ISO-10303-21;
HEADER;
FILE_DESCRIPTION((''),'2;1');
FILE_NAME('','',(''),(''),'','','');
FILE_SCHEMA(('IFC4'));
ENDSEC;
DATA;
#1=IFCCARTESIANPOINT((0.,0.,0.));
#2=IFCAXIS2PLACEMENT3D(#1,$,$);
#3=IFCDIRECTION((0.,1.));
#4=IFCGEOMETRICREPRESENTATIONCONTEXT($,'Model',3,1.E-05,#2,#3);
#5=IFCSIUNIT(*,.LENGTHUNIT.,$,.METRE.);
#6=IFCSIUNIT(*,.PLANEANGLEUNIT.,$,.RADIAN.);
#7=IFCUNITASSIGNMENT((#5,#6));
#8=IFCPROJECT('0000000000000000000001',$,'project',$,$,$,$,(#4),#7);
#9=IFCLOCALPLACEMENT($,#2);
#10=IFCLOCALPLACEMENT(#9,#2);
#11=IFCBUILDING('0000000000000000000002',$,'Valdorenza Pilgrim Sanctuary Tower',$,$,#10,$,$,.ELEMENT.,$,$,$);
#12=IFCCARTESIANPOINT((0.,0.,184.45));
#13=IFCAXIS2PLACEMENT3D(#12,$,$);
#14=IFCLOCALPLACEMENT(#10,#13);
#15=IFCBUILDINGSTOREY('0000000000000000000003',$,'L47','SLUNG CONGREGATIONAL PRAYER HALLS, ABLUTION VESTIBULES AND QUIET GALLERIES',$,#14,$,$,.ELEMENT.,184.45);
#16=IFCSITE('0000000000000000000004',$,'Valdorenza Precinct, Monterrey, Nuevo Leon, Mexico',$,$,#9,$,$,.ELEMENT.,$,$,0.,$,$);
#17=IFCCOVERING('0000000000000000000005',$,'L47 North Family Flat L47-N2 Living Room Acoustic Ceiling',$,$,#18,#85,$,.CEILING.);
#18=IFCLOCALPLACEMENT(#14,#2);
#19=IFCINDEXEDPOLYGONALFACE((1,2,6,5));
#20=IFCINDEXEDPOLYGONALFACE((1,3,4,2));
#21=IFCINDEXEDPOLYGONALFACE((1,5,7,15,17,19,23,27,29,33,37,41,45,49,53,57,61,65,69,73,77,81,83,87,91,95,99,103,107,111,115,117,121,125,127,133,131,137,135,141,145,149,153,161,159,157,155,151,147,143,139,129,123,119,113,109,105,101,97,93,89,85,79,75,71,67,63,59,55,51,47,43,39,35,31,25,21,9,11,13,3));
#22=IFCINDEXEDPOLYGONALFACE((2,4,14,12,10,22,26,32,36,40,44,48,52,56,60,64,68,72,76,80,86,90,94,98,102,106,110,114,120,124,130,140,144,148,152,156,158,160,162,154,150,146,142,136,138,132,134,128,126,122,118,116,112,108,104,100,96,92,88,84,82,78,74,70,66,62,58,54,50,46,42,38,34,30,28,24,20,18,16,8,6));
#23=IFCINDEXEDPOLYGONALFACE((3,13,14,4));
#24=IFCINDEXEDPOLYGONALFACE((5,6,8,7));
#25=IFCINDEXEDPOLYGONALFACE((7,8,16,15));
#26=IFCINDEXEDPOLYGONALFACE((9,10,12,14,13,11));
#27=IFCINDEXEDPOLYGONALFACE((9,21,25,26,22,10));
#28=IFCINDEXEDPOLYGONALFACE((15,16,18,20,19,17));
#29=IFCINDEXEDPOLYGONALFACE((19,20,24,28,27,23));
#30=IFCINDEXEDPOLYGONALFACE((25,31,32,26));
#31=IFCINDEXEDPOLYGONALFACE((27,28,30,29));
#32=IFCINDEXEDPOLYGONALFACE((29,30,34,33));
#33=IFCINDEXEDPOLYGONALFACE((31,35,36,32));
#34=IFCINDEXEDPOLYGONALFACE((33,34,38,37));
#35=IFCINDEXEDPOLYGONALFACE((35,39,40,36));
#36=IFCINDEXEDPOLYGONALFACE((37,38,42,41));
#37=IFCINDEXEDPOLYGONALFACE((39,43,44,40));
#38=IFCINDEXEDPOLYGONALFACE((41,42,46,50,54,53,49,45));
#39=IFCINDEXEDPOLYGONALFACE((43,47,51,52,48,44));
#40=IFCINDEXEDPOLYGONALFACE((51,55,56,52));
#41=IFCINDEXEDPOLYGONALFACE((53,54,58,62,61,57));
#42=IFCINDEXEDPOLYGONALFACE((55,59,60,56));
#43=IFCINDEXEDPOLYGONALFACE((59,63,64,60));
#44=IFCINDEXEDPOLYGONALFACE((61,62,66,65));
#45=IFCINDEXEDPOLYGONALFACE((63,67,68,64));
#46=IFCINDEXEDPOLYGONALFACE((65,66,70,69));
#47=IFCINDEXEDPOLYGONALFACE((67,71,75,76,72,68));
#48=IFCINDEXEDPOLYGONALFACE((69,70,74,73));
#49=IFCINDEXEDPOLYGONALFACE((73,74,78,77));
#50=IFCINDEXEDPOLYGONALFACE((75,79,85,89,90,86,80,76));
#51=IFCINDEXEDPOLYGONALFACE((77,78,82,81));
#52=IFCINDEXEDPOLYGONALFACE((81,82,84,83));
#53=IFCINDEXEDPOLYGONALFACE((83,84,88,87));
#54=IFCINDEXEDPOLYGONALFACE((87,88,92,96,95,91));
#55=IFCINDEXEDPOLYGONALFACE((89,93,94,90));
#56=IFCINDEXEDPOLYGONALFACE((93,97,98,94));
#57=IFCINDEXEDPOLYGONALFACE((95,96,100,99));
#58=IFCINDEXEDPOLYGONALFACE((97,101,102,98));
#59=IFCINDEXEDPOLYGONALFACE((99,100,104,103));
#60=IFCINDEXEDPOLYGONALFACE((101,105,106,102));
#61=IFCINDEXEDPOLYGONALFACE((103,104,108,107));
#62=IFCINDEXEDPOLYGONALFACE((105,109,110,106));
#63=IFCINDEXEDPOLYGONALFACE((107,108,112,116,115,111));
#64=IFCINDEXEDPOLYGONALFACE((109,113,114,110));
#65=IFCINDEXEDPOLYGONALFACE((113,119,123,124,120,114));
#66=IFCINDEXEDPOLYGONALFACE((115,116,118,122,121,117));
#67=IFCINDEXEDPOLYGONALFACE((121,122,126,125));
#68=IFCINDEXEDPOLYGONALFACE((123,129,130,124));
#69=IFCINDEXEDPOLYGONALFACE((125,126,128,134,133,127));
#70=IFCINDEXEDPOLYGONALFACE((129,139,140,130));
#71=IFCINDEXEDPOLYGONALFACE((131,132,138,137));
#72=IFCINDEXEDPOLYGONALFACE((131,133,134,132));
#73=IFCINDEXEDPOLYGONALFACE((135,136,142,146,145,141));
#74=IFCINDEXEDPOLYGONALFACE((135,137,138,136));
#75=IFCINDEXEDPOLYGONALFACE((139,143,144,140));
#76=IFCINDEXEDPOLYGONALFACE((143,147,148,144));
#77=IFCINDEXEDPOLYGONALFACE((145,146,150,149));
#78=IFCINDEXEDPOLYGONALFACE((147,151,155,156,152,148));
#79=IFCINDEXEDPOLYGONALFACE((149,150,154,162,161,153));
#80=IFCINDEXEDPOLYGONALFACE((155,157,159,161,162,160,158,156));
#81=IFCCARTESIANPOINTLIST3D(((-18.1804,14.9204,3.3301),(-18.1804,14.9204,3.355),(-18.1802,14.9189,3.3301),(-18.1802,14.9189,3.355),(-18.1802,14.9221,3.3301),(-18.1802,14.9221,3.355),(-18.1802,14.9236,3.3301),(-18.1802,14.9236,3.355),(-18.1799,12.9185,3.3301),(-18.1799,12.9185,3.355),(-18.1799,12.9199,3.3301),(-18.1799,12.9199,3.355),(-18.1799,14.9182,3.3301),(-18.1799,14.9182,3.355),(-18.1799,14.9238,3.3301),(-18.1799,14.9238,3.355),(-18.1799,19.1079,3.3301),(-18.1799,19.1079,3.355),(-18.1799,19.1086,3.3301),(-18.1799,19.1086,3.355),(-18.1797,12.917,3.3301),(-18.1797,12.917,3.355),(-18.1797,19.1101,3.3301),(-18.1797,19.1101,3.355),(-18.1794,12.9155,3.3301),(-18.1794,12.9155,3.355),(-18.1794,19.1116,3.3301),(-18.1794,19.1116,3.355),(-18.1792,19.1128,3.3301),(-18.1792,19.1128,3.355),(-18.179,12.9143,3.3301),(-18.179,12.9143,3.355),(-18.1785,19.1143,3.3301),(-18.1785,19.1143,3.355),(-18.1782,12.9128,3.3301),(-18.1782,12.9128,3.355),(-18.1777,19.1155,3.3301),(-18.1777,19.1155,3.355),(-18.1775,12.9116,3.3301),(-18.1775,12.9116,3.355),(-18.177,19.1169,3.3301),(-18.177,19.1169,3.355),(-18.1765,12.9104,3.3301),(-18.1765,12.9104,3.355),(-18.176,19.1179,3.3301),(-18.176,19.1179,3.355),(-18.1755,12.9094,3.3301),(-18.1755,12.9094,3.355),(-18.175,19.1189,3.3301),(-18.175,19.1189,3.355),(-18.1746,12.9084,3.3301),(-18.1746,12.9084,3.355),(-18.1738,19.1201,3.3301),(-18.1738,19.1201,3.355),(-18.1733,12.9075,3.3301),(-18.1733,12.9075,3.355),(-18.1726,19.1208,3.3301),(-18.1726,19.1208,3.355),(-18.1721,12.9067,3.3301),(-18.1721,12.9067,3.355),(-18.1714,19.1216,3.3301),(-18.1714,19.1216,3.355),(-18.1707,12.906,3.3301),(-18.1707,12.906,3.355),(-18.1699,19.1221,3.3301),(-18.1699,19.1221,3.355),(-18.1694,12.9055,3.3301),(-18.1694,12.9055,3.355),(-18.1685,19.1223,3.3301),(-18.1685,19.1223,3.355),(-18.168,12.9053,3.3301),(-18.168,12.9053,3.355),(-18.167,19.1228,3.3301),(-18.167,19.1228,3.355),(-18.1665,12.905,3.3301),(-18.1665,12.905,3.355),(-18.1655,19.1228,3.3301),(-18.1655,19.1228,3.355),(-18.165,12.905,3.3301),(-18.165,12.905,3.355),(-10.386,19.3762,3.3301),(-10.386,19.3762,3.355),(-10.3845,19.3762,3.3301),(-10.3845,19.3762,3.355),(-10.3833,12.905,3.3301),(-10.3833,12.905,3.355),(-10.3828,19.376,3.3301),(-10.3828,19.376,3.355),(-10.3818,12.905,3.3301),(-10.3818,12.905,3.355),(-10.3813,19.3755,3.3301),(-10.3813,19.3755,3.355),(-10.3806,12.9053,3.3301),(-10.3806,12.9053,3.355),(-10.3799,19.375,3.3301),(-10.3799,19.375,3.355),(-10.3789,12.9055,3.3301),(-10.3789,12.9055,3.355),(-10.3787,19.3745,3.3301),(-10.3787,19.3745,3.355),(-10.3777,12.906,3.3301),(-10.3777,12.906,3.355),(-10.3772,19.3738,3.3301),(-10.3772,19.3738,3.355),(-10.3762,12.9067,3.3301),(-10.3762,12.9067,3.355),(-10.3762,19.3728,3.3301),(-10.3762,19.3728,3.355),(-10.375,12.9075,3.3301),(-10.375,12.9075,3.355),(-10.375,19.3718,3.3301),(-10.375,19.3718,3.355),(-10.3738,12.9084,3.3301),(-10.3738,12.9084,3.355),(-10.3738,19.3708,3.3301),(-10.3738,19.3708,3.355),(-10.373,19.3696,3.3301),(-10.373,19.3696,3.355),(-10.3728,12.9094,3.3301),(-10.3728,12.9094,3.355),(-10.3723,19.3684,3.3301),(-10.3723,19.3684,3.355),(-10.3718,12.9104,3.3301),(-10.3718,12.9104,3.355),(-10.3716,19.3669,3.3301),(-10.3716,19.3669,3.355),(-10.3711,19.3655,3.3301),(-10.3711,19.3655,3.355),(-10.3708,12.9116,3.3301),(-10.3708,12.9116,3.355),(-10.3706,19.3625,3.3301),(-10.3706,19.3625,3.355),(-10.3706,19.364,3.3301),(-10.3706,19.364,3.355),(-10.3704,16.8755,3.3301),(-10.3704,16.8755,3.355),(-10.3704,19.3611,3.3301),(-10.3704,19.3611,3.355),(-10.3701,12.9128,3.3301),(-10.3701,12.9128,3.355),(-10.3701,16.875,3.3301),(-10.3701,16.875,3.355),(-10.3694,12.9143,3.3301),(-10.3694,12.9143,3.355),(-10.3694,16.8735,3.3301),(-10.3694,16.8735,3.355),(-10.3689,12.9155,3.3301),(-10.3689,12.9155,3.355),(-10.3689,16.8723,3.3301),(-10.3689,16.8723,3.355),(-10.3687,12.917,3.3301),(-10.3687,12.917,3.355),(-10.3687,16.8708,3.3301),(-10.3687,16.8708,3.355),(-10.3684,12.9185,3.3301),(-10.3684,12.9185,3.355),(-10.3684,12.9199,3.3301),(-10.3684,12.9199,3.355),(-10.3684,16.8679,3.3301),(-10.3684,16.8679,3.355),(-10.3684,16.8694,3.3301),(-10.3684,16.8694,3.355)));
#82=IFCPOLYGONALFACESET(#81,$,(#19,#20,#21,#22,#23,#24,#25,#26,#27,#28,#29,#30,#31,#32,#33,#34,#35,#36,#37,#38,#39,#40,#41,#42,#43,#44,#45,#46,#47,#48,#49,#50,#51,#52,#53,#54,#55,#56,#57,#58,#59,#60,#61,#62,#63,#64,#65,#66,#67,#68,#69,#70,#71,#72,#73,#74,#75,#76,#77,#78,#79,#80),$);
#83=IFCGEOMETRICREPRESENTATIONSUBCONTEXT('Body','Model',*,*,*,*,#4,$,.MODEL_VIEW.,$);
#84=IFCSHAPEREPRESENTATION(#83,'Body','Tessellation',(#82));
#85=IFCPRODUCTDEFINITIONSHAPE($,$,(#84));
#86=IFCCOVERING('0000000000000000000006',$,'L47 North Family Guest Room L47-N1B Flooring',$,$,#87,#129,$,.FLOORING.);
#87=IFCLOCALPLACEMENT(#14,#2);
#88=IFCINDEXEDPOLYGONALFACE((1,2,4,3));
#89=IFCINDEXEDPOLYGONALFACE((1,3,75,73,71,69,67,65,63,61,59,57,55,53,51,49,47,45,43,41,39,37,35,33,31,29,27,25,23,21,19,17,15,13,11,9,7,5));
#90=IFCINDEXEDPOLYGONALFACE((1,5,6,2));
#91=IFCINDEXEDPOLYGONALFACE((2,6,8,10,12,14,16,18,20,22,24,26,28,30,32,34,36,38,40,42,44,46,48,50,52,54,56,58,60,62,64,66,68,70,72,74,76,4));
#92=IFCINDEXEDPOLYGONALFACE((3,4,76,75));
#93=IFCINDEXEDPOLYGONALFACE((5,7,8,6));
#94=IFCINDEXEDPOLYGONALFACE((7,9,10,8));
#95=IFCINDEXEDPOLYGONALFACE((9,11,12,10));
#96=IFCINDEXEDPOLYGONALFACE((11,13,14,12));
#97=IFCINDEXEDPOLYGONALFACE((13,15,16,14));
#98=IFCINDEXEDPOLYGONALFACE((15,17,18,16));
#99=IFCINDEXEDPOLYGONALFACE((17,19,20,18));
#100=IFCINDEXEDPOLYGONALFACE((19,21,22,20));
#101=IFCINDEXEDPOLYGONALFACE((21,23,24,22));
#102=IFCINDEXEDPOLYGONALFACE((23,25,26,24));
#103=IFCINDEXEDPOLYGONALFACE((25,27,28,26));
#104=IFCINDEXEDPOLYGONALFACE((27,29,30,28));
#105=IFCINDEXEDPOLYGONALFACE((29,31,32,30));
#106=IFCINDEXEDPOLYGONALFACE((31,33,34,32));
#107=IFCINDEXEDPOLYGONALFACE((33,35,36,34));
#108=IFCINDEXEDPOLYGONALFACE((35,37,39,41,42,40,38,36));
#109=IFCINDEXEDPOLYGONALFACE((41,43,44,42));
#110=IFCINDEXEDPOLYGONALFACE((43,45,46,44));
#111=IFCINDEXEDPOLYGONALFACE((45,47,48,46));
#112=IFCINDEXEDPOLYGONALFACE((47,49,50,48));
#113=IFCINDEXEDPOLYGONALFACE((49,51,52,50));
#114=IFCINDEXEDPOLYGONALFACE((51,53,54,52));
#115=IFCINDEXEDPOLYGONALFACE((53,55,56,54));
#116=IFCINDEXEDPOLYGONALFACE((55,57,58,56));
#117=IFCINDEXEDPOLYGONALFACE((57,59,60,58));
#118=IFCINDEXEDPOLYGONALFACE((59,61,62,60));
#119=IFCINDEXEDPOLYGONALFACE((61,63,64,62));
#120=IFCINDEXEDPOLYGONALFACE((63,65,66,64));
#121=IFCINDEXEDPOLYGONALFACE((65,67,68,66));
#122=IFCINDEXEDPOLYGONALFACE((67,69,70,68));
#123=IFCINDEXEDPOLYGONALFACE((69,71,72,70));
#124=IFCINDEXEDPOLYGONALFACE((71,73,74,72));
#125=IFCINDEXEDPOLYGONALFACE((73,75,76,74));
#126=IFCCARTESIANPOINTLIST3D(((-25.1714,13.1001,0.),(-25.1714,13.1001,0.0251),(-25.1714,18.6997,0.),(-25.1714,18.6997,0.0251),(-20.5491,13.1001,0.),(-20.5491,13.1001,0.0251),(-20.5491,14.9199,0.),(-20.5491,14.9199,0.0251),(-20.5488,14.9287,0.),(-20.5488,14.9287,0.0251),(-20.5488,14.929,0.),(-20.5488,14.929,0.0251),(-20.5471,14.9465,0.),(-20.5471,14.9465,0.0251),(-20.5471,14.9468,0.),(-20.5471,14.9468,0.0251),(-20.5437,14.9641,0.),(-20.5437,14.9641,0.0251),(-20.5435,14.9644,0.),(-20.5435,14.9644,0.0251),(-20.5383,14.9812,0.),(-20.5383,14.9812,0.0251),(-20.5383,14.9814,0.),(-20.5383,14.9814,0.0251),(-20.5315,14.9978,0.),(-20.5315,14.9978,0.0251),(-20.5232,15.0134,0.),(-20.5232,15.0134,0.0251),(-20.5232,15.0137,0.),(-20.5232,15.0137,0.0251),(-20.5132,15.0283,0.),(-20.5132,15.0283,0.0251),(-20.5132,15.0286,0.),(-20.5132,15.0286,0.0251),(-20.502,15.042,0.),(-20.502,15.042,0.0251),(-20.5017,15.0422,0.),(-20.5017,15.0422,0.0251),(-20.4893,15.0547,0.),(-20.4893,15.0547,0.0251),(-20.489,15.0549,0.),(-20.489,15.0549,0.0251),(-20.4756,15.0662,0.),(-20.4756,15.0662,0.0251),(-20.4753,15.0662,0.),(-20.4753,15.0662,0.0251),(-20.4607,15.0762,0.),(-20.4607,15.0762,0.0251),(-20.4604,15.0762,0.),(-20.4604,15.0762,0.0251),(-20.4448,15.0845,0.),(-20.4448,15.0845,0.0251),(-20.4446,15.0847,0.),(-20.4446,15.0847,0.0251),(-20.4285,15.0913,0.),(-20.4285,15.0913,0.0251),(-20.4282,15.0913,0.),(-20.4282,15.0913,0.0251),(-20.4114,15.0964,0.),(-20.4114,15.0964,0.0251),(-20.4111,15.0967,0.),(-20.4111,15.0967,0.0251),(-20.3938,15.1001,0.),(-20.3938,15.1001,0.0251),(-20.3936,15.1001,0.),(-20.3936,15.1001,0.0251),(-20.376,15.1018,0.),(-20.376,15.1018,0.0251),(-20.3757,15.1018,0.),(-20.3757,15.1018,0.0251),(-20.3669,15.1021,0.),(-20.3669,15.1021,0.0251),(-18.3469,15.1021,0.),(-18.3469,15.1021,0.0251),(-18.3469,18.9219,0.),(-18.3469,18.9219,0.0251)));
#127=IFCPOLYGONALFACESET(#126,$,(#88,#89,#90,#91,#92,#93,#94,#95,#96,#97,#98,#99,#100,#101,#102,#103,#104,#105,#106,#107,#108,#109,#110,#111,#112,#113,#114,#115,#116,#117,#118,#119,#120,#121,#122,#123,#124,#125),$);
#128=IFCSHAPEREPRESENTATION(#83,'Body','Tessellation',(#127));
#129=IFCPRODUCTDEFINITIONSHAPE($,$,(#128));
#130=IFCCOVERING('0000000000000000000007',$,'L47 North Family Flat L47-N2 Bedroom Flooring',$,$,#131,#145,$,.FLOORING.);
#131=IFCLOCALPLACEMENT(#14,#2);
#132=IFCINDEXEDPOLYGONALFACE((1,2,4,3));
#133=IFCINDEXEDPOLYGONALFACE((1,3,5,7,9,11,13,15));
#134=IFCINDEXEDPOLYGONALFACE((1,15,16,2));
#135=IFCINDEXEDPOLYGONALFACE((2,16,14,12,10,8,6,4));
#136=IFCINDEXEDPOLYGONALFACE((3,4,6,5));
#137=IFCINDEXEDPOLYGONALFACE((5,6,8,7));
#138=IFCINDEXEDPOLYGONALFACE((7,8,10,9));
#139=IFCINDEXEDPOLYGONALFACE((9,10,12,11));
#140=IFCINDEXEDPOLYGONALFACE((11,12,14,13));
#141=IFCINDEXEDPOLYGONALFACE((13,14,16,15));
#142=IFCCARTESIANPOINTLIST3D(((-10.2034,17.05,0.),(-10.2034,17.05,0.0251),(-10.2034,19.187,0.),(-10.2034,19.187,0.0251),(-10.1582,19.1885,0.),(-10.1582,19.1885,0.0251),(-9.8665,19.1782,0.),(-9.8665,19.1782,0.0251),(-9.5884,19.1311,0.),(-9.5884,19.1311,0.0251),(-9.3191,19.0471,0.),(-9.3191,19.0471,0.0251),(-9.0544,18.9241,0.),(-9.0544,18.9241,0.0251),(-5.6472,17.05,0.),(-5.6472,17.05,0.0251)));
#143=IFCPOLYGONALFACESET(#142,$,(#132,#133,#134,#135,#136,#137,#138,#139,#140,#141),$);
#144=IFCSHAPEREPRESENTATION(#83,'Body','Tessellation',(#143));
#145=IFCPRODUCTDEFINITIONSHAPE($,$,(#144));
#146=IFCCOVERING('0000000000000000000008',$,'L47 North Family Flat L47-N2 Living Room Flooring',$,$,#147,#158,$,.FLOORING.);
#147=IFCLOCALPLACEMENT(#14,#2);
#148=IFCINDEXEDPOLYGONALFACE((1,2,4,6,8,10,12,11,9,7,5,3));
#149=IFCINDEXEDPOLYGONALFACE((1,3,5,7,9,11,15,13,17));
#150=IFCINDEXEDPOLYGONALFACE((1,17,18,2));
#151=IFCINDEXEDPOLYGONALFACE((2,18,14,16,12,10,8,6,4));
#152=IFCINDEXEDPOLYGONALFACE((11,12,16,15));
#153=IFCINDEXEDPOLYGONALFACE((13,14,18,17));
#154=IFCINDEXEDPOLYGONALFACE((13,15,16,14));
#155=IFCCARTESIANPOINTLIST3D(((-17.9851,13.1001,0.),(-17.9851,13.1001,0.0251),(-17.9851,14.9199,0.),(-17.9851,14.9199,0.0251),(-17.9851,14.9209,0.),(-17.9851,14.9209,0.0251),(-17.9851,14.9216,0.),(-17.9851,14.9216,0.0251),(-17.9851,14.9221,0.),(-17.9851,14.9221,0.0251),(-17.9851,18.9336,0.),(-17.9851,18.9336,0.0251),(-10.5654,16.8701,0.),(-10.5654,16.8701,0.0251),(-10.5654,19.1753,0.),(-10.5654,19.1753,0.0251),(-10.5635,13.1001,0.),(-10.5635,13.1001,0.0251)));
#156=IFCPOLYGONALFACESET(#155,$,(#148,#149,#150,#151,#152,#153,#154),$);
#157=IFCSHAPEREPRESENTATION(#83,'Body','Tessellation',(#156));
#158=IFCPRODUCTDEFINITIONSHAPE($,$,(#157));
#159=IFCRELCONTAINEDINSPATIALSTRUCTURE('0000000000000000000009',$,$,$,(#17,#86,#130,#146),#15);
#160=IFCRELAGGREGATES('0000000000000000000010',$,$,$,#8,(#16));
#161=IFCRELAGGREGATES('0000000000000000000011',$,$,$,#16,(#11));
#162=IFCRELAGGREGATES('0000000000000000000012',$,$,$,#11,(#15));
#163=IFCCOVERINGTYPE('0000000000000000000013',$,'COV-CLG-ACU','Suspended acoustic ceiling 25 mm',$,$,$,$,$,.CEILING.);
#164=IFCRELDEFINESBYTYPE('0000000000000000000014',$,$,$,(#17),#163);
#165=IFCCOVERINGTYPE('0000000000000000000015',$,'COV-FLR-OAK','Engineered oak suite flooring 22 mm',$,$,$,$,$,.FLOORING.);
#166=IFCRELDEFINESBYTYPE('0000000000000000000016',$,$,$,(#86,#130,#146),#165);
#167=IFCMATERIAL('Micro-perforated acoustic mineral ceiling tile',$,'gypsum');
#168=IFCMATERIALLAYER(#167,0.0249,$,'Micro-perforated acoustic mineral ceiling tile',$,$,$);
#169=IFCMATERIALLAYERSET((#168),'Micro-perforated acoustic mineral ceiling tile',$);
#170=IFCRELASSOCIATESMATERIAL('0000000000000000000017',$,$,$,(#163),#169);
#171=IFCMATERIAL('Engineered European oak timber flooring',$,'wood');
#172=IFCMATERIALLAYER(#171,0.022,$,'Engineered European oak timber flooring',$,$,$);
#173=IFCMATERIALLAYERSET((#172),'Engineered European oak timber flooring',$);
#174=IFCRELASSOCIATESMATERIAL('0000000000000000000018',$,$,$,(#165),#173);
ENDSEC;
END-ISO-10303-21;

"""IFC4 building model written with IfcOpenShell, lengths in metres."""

from ifc_helpers import new_model, si_unit, direction, frame, origin, place, context, subcontext, project, spatial, polyline, outline, extrude, material, layer, layer_set, type_object, element, save


model = new_model("IFC4")

# Units and contexts
model_context = context("Model", 3, precision=1e-05, world=origin(), true_north=direction((0.0, 1.0)))
body_context = subcontext(model_context, "Body", "Model", "MODEL_VIEW")
ifc_project = project(units=[si_unit("LENGTHUNIT", "METRE"), si_unit("PLANEANGLEUNIT", "RADIAN")], contexts=[model_context])

# Site, building, storey
site_placement = place(None, origin())
site = spatial("IfcSite", under=ifc_project, at=site_placement, Name="Valdorenza Precinct, Monterrey, Nuevo Leon, Mexico", CompositionType="ELEMENT", RefElevation=0.0)
building_placement = place(site_placement, origin())
building = spatial("IfcBuilding", under=site, at=building_placement, Name="Valdorenza Pilgrim Sanctuary Tower", CompositionType="ELEMENT")
storey_placement = place(building_placement, frame((0.0, 0.0, 184.45)))
storey = spatial("IfcBuildingStorey", under=building, at=storey_placement, Name="L47", Description="SLUNG CONGREGATIONAL PRAYER HALLS, ABLUTION VESTIBULES AND QUIET GALLERIES", CompositionType="ELEMENT", Elevation=184.45)

# Coverings
ifc_material_1 = material(Name="Micro-perforated acoustic mineral ceiling tile", Category="gypsum")
ifc_layer_1 = layer(ifc_material_1, 0.0249, Name="Micro-perforated acoustic mineral ceiling tile")
ifc_layer_set_1 = layer_set([ifc_layer_1], Name="Micro-perforated acoustic mineral ceiling tile")
covering_type_1 = type_object("IfcCoveringType", Name="COV-CLG-ACU", Description="Suspended acoustic ceiling 25 mm", PredefinedType="CEILING", material=ifc_layer_set_1)
covering_1_placement = place(storey_placement, frame((0.0, 0.0, 3.3301)))
element("IfcCovering", 1, at=covering_1_placement, inside=storey, type_object=covering_type_1, Name="L47 North Family Flat L47-N2 Living Room Acoustic Ceiling", PredefinedType="CEILING", context=body_context, shape_type="SweptSolid", body=[
    extrude(outline(polyline([(-18.1799, 14.9182), (-18.1802, 14.9189), (-18.1804, 14.9204), (-18.1802, 14.9221), (-18.1802, 14.9236), (-18.1799, 14.9238), (-18.1799, 19.1079), (-18.1799, 19.1079), (-18.1799, 19.1086), (-18.1797, 19.1101), (-18.1794, 19.1116), (-18.1792, 19.1128), (-18.1785, 19.1143), (-18.1777, 19.1155), (-18.177, 19.1169), (-18.176, 19.1179), (-18.175, 19.1189), (-18.1738, 19.1201), (-18.1726, 19.1208), (-18.1714, 19.1216), (-18.1699, 19.1221), (-18.1685, 19.1223), (-18.167, 19.1228), (-18.1655, 19.1228), (-10.386, 19.3762), (-10.3845, 19.3762), (-10.3828, 19.376), (-10.3813, 19.3755), (-10.3799, 19.375), (-10.3787, 19.3745), (-10.3772, 19.3738), (-10.3762, 19.3728), (-10.375, 19.3718), (-10.3738, 19.3708), (-10.373, 19.3696), (-10.3723, 19.3684), (-10.3716, 19.3669), (-10.3711, 19.3655), (-10.3706, 19.364), (-10.3706, 19.3625), (-10.3704, 19.3611), (-10.3704, 16.8755), (-10.3701, 16.875), (-10.3694, 16.8735), (-10.3689, 16.8723), (-10.3687, 16.8708), (-10.3684, 16.8694), (-10.3684, 16.8679), (-10.3684, 12.9199), (-10.3684, 12.9185), (-10.3687, 12.917), (-10.3689, 12.9155), (-10.3694, 12.9143), (-10.3701, 12.9128), (-10.3708, 12.9116), (-10.3718, 12.9104), (-10.3728, 12.9094), (-10.3738, 12.9084), (-10.375, 12.9075), (-10.3762, 12.9067), (-10.3777, 12.906), (-10.3789, 12.9055), (-10.3806, 12.9053), (-10.3818, 12.905), (-10.3833, 12.905), (-18.165, 12.905), (-18.1665, 12.905), (-18.168, 12.9053), (-18.1694, 12.9055), (-18.1707, 12.906), (-18.1721, 12.9067), (-18.1733, 12.9075), (-18.1746, 12.9084), (-18.1755, 12.9094), (-18.1765, 12.9104), (-18.1775, 12.9116), (-18.1782, 12.9128), (-18.179, 12.9143), (-18.1794, 12.9155), (-18.1797, 12.917), (-18.1799, 12.9185), (-18.1799, 12.9199), (-18.1799, 14.9182)])), origin(), (0.0, 0.0, 1.0), 0.0249),
])
ifc_material_2 = material(Name="Engineered European oak timber flooring", Category="wood")
ifc_layer_2 = layer(ifc_material_2, 0.022, Name="Engineered European oak timber flooring")
ifc_layer_set_2 = layer_set([ifc_layer_2], Name="Engineered European oak timber flooring")
covering_type_2 = type_object("IfcCoveringType", Name="COV-FLR-OAK", Description="Engineered oak suite flooring 22 mm", PredefinedType="FLOORING", material=ifc_layer_set_2)
covering_2_placement = place(storey_placement, origin())
element("IfcCovering", 2, at=covering_2_placement, inside=storey, type_object=covering_type_2, Name="L47 North Family Guest Room L47-N1B Flooring", PredefinedType="FLOORING", context=body_context, shape_type="SweptSolid", body=[
    extrude(outline(polyline([(-18.3469, 18.9219), (-18.3469, 15.1021), (-20.3669, 15.1021), (-20.3757, 15.1018), (-20.376, 15.1018), (-20.3936, 15.1001), (-20.3938, 15.1001), (-20.4111, 15.0967), (-20.4114, 15.0964), (-20.4282, 15.0913), (-20.4285, 15.0913), (-20.4446, 15.0847), (-20.4448, 15.0845), (-20.4604, 15.0762), (-20.4607, 15.0762), (-20.4753, 15.0662), (-20.4756, 15.0662), (-20.489, 15.0549), (-20.4893, 15.0547), (-20.5017, 15.0422), (-20.502, 15.042), (-20.5132, 15.0286), (-20.5132, 15.0283), (-20.5232, 15.0137), (-20.5232, 15.0134), (-20.5315, 14.9978), (-20.5315, 14.9978), (-20.5383, 14.9814), (-20.5383, 14.9812), (-20.5435, 14.9644), (-20.5437, 14.9641), (-20.5471, 14.9468), (-20.5471, 14.9465), (-20.5488, 14.929), (-20.5488, 14.9287), (-20.5491, 14.9199), (-20.5491, 13.1001), (-25.1714, 13.1001), (-25.1714, 18.6997), (-18.3469, 18.9219)])), origin(), (0.0, 0.0, 1.0), 0.0251),
])
covering_3_placement = place(storey_placement, origin())
element("IfcCovering", 3, at=covering_3_placement, inside=storey, type_object=covering_type_2, Name="L47 North Family Flat L47-N2 Bedroom Flooring", PredefinedType="FLOORING", context=body_context, shape_type="SweptSolid", body=[
    extrude(outline(polyline([(-10.2034, 17.05), (-10.2034, 19.187), (-10.1582, 19.1885), (-9.8665, 19.1782), (-9.5884, 19.1311), (-9.3191, 19.0471), (-9.0544, 18.9241), (-5.6472, 17.05), (-10.2034, 17.05)])), origin(), (0.0, 0.0, 1.0), 0.0251),
])
covering_4_placement = place(storey_placement, origin())
element("IfcCovering", 4, at=covering_4_placement, inside=storey, type_object=covering_type_2, Name="L47 North Family Flat L47-N2 Living Room Flooring", PredefinedType="FLOORING", context=body_context, shape_type="SweptSolid", body=[
    extrude(outline(polyline([(-17.9851, 14.9216), (-17.9851, 14.9221), (-17.9851, 18.9336), (-10.5654, 19.1753), (-10.5654, 16.8701), (-10.5635, 13.1001), (-17.9851, 13.1001), (-17.9851, 14.9199), (-17.9851, 14.9209), (-17.9851, 14.9216)])), origin(), (0.0, 0.0, 1.0), 0.0251),
])

save(model, "model.ifc")
